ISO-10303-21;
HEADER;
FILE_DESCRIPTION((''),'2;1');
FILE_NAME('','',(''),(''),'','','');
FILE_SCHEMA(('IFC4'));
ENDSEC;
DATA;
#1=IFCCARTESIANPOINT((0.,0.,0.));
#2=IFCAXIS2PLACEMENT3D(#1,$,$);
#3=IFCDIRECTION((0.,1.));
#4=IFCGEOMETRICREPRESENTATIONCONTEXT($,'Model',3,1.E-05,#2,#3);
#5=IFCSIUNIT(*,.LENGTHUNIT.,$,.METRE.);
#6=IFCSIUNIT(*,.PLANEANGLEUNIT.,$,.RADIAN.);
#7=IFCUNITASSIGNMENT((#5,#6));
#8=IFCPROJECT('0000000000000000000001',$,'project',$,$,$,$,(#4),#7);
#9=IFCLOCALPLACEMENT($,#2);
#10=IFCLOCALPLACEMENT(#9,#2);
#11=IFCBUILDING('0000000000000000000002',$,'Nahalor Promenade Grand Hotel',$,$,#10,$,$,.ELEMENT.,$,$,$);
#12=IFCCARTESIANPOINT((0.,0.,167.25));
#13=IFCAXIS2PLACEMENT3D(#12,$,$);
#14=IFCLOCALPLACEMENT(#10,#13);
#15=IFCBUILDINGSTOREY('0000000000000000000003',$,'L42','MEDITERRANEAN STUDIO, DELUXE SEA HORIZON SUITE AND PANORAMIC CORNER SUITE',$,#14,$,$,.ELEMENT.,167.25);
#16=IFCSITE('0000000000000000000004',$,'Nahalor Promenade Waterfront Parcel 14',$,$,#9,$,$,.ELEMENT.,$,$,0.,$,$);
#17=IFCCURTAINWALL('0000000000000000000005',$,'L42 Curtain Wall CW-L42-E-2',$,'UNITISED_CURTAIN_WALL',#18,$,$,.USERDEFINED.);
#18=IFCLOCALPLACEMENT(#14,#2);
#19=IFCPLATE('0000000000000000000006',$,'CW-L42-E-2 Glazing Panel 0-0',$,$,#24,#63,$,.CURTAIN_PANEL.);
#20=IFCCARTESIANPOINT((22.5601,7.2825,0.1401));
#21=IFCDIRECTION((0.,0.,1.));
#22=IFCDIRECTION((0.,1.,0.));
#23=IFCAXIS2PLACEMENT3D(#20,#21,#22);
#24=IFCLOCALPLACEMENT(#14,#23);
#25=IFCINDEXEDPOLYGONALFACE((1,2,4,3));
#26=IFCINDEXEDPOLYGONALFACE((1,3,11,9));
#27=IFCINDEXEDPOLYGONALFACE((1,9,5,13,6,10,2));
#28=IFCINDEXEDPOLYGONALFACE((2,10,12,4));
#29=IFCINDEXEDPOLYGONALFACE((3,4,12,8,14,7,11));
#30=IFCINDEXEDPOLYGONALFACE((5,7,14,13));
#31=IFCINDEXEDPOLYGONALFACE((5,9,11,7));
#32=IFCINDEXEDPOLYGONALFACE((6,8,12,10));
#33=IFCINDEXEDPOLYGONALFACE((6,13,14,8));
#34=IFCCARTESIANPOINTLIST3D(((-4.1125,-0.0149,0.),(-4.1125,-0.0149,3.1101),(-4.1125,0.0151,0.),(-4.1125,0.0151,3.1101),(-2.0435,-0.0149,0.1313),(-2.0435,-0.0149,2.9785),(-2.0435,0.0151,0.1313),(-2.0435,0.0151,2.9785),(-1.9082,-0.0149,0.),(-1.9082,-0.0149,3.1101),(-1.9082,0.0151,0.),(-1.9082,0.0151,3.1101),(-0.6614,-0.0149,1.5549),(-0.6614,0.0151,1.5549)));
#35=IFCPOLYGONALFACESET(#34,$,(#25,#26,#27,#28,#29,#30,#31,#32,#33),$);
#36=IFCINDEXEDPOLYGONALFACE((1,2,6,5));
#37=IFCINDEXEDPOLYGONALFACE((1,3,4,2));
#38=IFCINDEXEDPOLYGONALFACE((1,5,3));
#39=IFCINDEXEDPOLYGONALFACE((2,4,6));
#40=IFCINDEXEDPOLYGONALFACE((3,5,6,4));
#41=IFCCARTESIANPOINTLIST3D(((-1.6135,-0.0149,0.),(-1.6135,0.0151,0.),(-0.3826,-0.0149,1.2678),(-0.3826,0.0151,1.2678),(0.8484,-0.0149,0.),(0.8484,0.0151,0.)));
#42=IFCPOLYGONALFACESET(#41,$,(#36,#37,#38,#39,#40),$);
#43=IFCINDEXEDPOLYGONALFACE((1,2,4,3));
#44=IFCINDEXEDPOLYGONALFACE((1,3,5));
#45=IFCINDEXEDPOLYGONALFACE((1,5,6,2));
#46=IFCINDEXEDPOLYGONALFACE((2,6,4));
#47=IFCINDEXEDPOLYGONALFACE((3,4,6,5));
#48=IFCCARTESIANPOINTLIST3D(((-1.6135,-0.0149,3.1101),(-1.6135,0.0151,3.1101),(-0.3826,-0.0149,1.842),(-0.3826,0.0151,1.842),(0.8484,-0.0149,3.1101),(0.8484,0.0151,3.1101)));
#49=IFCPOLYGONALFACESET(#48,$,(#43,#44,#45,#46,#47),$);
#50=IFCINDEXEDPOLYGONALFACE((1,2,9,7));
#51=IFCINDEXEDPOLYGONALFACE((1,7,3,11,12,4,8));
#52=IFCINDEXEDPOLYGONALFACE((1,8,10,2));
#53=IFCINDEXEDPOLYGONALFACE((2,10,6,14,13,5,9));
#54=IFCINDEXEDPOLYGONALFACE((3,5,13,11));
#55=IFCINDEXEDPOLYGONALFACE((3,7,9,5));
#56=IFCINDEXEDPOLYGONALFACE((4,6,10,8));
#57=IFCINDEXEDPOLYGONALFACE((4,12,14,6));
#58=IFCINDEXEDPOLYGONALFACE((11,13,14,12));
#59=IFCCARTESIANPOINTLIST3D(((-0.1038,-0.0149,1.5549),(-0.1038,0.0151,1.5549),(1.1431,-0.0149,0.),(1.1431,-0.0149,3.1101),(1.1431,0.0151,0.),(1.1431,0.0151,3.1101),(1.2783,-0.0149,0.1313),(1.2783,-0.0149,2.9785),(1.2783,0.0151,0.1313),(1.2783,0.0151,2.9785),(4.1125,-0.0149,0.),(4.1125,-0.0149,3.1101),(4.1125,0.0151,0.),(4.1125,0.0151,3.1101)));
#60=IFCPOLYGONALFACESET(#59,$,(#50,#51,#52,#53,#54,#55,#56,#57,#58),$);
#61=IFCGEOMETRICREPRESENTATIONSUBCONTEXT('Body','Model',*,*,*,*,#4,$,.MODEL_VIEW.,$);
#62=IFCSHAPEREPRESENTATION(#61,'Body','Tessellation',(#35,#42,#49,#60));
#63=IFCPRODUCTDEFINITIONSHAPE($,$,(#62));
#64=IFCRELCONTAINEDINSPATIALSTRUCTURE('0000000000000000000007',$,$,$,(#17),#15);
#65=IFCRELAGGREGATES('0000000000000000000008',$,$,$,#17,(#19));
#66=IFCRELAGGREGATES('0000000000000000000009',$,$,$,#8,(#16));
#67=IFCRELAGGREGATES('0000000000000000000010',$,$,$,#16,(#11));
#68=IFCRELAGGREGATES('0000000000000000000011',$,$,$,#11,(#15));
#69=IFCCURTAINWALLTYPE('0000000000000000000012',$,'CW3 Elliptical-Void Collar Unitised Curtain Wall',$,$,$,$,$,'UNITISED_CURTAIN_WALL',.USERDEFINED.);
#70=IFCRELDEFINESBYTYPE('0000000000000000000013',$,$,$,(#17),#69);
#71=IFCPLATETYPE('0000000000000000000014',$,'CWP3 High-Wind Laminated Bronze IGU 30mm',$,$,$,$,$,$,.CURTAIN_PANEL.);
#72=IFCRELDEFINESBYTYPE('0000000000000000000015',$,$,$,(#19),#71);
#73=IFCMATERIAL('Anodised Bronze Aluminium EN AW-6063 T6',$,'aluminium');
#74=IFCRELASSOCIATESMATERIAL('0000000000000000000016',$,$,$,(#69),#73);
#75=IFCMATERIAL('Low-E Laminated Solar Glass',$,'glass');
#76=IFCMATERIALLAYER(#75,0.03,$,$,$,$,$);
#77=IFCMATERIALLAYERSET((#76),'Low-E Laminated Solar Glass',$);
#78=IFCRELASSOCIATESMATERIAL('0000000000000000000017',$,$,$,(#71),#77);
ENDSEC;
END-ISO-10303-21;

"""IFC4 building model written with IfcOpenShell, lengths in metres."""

from ifc_helpers import new_model, si_unit, direction, frame, origin, place, context, subcontext, project, spatial, polyline, outline, extrude, material, layer, layer_set, type_object, element, aggregate, save


model = new_model("IFC4")

# Units and contexts
model_context = context("Model", 3, precision=1e-05, world=origin(), true_north=direction((0.0, 1.0)))
body_context = subcontext(model_context, "Body", "Model", "MODEL_VIEW")
ifc_project = project(units=[si_unit("LENGTHUNIT", "METRE"), si_unit("PLANEANGLEUNIT", "RADIAN")], contexts=[model_context])

# Site, building, storey
site_placement = place(None, origin())
site = spatial("IfcSite", under=ifc_project, at=site_placement, Name="Nahalor Promenade Waterfront Parcel 14", CompositionType="ELEMENT", RefElevation=0.0)
building_placement = place(site_placement, origin())
building = spatial("IfcBuilding", under=site, at=building_placement, Name="Nahalor Promenade Grand Hotel", CompositionType="ELEMENT")
storey_placement = place(building_placement, frame((0.0, 0.0, 167.25)))
storey = spatial("IfcBuildingStorey", under=building, at=storey_placement, Name="L42", Description="MEDITERRANEAN STUDIO, DELUXE SEA HORIZON SUITE AND PANORAMIC CORNER SUITE", CompositionType="ELEMENT", Elevation=167.25)

# Curtain wall
ifc_material_1 = material(Name="Anodised Bronze Aluminium EN AW-6063 T6", Category="aluminium")
curtain_wall_type = type_object("IfcCurtainWallType", Name="CW3 Elliptical-Void Collar Unitised Curtain Wall", ElementType="UNITISED_CURTAIN_WALL", PredefinedType="USERDEFINED", material=ifc_material_1)
curtain_wall_1_placement = place(storey_placement, origin())
curtain_wall_1 = element("IfcCurtainWall", 1, at=curtain_wall_1_placement, inside=storey, type_object=curtain_wall_type, Name="L42 Curtain Wall CW-L42-E-2", ObjectType="UNITISED_CURTAIN_WALL", PredefinedType="USERDEFINED")

# Plate
ifc_material_2 = material(Name="Low-E Laminated Solar Glass", Category="glass")
ifc_layer_1 = layer(ifc_material_2, 0.03)
ifc_layer_set_1 = layer_set([ifc_layer_1], Name="Low-E Laminated Solar Glass")
plate_type_1 = type_object("IfcPlateType", Name="CWP3 High-Wind Laminated Bronze IGU 30mm", PredefinedType="CURTAIN_PANEL", material=ifc_layer_set_1)
plate_1_placement = place(storey_placement, frame((22.5601, 7.2825, 0.1401), z_axis=(0.0, 0.0, 1.0), x_axis=(0.0, 1.0, 0.0)))
plate_1 = element("IfcPlate", 2, at=plate_1_placement, type_object=plate_type_1, Name="CW-L42-E-2 Glazing Panel 0-0", PredefinedType="CURTAIN_PANEL", context=body_context, shape_type="SweptSolid", body=[
    extrude(outline(polyline([(-4.1125, 3.1101), (-4.1125, 0.0), (-1.9082, 0.0), (-2.0435, 0.1313), (-0.6614, 1.5549), (-2.0435, 2.9785), (-1.9082, 3.1101), (-4.1125, 3.1101)])), frame((0.0, 0.0151, 0.0), z_axis=(0.0, -1.0, 0.0), x_axis=(1.0, 0.0, 0.0)), (0.0, 0.0, 1.0), 0.03),
    extrude(outline(polyline([(-0.3826, 1.2678), (-1.6135, 0.0), (0.8484, 0.0), (-0.3826, 1.2678)])), frame((0.0, 0.0151, 0.0), z_axis=(0.0, -1.0, 0.0), x_axis=(1.0, 0.0, 0.0)), (0.0, 0.0, 1.0), 0.03),
    extrude(outline(polyline([(-0.3826, 1.842), (0.8484, 3.1101), (-1.6135, 3.1101), (-0.3826, 1.842)])), frame((0.0, 0.0151, 0.0), z_axis=(0.0, -1.0, 0.0), x_axis=(1.0, 0.0, 0.0)), (0.0, 0.0, 1.0), 0.03),
    extrude(outline(polyline([(4.1125, 0.0), (4.1125, 3.1101), (1.1431, 3.1101), (1.2783, 2.9785), (-0.1038, 1.5549), (1.2783, 0.1313), (1.1431, 0.0), (4.1125, 0.0)])), frame((0.0, 0.0151, 0.0), z_axis=(0.0, -1.0, 0.0), x_axis=(1.0, 0.0, 0.0)), (0.0, 0.0, 1.0), 0.03),
])
aggregate(curtain_wall_1, [plate_1])

save(model, "model.ifc")
